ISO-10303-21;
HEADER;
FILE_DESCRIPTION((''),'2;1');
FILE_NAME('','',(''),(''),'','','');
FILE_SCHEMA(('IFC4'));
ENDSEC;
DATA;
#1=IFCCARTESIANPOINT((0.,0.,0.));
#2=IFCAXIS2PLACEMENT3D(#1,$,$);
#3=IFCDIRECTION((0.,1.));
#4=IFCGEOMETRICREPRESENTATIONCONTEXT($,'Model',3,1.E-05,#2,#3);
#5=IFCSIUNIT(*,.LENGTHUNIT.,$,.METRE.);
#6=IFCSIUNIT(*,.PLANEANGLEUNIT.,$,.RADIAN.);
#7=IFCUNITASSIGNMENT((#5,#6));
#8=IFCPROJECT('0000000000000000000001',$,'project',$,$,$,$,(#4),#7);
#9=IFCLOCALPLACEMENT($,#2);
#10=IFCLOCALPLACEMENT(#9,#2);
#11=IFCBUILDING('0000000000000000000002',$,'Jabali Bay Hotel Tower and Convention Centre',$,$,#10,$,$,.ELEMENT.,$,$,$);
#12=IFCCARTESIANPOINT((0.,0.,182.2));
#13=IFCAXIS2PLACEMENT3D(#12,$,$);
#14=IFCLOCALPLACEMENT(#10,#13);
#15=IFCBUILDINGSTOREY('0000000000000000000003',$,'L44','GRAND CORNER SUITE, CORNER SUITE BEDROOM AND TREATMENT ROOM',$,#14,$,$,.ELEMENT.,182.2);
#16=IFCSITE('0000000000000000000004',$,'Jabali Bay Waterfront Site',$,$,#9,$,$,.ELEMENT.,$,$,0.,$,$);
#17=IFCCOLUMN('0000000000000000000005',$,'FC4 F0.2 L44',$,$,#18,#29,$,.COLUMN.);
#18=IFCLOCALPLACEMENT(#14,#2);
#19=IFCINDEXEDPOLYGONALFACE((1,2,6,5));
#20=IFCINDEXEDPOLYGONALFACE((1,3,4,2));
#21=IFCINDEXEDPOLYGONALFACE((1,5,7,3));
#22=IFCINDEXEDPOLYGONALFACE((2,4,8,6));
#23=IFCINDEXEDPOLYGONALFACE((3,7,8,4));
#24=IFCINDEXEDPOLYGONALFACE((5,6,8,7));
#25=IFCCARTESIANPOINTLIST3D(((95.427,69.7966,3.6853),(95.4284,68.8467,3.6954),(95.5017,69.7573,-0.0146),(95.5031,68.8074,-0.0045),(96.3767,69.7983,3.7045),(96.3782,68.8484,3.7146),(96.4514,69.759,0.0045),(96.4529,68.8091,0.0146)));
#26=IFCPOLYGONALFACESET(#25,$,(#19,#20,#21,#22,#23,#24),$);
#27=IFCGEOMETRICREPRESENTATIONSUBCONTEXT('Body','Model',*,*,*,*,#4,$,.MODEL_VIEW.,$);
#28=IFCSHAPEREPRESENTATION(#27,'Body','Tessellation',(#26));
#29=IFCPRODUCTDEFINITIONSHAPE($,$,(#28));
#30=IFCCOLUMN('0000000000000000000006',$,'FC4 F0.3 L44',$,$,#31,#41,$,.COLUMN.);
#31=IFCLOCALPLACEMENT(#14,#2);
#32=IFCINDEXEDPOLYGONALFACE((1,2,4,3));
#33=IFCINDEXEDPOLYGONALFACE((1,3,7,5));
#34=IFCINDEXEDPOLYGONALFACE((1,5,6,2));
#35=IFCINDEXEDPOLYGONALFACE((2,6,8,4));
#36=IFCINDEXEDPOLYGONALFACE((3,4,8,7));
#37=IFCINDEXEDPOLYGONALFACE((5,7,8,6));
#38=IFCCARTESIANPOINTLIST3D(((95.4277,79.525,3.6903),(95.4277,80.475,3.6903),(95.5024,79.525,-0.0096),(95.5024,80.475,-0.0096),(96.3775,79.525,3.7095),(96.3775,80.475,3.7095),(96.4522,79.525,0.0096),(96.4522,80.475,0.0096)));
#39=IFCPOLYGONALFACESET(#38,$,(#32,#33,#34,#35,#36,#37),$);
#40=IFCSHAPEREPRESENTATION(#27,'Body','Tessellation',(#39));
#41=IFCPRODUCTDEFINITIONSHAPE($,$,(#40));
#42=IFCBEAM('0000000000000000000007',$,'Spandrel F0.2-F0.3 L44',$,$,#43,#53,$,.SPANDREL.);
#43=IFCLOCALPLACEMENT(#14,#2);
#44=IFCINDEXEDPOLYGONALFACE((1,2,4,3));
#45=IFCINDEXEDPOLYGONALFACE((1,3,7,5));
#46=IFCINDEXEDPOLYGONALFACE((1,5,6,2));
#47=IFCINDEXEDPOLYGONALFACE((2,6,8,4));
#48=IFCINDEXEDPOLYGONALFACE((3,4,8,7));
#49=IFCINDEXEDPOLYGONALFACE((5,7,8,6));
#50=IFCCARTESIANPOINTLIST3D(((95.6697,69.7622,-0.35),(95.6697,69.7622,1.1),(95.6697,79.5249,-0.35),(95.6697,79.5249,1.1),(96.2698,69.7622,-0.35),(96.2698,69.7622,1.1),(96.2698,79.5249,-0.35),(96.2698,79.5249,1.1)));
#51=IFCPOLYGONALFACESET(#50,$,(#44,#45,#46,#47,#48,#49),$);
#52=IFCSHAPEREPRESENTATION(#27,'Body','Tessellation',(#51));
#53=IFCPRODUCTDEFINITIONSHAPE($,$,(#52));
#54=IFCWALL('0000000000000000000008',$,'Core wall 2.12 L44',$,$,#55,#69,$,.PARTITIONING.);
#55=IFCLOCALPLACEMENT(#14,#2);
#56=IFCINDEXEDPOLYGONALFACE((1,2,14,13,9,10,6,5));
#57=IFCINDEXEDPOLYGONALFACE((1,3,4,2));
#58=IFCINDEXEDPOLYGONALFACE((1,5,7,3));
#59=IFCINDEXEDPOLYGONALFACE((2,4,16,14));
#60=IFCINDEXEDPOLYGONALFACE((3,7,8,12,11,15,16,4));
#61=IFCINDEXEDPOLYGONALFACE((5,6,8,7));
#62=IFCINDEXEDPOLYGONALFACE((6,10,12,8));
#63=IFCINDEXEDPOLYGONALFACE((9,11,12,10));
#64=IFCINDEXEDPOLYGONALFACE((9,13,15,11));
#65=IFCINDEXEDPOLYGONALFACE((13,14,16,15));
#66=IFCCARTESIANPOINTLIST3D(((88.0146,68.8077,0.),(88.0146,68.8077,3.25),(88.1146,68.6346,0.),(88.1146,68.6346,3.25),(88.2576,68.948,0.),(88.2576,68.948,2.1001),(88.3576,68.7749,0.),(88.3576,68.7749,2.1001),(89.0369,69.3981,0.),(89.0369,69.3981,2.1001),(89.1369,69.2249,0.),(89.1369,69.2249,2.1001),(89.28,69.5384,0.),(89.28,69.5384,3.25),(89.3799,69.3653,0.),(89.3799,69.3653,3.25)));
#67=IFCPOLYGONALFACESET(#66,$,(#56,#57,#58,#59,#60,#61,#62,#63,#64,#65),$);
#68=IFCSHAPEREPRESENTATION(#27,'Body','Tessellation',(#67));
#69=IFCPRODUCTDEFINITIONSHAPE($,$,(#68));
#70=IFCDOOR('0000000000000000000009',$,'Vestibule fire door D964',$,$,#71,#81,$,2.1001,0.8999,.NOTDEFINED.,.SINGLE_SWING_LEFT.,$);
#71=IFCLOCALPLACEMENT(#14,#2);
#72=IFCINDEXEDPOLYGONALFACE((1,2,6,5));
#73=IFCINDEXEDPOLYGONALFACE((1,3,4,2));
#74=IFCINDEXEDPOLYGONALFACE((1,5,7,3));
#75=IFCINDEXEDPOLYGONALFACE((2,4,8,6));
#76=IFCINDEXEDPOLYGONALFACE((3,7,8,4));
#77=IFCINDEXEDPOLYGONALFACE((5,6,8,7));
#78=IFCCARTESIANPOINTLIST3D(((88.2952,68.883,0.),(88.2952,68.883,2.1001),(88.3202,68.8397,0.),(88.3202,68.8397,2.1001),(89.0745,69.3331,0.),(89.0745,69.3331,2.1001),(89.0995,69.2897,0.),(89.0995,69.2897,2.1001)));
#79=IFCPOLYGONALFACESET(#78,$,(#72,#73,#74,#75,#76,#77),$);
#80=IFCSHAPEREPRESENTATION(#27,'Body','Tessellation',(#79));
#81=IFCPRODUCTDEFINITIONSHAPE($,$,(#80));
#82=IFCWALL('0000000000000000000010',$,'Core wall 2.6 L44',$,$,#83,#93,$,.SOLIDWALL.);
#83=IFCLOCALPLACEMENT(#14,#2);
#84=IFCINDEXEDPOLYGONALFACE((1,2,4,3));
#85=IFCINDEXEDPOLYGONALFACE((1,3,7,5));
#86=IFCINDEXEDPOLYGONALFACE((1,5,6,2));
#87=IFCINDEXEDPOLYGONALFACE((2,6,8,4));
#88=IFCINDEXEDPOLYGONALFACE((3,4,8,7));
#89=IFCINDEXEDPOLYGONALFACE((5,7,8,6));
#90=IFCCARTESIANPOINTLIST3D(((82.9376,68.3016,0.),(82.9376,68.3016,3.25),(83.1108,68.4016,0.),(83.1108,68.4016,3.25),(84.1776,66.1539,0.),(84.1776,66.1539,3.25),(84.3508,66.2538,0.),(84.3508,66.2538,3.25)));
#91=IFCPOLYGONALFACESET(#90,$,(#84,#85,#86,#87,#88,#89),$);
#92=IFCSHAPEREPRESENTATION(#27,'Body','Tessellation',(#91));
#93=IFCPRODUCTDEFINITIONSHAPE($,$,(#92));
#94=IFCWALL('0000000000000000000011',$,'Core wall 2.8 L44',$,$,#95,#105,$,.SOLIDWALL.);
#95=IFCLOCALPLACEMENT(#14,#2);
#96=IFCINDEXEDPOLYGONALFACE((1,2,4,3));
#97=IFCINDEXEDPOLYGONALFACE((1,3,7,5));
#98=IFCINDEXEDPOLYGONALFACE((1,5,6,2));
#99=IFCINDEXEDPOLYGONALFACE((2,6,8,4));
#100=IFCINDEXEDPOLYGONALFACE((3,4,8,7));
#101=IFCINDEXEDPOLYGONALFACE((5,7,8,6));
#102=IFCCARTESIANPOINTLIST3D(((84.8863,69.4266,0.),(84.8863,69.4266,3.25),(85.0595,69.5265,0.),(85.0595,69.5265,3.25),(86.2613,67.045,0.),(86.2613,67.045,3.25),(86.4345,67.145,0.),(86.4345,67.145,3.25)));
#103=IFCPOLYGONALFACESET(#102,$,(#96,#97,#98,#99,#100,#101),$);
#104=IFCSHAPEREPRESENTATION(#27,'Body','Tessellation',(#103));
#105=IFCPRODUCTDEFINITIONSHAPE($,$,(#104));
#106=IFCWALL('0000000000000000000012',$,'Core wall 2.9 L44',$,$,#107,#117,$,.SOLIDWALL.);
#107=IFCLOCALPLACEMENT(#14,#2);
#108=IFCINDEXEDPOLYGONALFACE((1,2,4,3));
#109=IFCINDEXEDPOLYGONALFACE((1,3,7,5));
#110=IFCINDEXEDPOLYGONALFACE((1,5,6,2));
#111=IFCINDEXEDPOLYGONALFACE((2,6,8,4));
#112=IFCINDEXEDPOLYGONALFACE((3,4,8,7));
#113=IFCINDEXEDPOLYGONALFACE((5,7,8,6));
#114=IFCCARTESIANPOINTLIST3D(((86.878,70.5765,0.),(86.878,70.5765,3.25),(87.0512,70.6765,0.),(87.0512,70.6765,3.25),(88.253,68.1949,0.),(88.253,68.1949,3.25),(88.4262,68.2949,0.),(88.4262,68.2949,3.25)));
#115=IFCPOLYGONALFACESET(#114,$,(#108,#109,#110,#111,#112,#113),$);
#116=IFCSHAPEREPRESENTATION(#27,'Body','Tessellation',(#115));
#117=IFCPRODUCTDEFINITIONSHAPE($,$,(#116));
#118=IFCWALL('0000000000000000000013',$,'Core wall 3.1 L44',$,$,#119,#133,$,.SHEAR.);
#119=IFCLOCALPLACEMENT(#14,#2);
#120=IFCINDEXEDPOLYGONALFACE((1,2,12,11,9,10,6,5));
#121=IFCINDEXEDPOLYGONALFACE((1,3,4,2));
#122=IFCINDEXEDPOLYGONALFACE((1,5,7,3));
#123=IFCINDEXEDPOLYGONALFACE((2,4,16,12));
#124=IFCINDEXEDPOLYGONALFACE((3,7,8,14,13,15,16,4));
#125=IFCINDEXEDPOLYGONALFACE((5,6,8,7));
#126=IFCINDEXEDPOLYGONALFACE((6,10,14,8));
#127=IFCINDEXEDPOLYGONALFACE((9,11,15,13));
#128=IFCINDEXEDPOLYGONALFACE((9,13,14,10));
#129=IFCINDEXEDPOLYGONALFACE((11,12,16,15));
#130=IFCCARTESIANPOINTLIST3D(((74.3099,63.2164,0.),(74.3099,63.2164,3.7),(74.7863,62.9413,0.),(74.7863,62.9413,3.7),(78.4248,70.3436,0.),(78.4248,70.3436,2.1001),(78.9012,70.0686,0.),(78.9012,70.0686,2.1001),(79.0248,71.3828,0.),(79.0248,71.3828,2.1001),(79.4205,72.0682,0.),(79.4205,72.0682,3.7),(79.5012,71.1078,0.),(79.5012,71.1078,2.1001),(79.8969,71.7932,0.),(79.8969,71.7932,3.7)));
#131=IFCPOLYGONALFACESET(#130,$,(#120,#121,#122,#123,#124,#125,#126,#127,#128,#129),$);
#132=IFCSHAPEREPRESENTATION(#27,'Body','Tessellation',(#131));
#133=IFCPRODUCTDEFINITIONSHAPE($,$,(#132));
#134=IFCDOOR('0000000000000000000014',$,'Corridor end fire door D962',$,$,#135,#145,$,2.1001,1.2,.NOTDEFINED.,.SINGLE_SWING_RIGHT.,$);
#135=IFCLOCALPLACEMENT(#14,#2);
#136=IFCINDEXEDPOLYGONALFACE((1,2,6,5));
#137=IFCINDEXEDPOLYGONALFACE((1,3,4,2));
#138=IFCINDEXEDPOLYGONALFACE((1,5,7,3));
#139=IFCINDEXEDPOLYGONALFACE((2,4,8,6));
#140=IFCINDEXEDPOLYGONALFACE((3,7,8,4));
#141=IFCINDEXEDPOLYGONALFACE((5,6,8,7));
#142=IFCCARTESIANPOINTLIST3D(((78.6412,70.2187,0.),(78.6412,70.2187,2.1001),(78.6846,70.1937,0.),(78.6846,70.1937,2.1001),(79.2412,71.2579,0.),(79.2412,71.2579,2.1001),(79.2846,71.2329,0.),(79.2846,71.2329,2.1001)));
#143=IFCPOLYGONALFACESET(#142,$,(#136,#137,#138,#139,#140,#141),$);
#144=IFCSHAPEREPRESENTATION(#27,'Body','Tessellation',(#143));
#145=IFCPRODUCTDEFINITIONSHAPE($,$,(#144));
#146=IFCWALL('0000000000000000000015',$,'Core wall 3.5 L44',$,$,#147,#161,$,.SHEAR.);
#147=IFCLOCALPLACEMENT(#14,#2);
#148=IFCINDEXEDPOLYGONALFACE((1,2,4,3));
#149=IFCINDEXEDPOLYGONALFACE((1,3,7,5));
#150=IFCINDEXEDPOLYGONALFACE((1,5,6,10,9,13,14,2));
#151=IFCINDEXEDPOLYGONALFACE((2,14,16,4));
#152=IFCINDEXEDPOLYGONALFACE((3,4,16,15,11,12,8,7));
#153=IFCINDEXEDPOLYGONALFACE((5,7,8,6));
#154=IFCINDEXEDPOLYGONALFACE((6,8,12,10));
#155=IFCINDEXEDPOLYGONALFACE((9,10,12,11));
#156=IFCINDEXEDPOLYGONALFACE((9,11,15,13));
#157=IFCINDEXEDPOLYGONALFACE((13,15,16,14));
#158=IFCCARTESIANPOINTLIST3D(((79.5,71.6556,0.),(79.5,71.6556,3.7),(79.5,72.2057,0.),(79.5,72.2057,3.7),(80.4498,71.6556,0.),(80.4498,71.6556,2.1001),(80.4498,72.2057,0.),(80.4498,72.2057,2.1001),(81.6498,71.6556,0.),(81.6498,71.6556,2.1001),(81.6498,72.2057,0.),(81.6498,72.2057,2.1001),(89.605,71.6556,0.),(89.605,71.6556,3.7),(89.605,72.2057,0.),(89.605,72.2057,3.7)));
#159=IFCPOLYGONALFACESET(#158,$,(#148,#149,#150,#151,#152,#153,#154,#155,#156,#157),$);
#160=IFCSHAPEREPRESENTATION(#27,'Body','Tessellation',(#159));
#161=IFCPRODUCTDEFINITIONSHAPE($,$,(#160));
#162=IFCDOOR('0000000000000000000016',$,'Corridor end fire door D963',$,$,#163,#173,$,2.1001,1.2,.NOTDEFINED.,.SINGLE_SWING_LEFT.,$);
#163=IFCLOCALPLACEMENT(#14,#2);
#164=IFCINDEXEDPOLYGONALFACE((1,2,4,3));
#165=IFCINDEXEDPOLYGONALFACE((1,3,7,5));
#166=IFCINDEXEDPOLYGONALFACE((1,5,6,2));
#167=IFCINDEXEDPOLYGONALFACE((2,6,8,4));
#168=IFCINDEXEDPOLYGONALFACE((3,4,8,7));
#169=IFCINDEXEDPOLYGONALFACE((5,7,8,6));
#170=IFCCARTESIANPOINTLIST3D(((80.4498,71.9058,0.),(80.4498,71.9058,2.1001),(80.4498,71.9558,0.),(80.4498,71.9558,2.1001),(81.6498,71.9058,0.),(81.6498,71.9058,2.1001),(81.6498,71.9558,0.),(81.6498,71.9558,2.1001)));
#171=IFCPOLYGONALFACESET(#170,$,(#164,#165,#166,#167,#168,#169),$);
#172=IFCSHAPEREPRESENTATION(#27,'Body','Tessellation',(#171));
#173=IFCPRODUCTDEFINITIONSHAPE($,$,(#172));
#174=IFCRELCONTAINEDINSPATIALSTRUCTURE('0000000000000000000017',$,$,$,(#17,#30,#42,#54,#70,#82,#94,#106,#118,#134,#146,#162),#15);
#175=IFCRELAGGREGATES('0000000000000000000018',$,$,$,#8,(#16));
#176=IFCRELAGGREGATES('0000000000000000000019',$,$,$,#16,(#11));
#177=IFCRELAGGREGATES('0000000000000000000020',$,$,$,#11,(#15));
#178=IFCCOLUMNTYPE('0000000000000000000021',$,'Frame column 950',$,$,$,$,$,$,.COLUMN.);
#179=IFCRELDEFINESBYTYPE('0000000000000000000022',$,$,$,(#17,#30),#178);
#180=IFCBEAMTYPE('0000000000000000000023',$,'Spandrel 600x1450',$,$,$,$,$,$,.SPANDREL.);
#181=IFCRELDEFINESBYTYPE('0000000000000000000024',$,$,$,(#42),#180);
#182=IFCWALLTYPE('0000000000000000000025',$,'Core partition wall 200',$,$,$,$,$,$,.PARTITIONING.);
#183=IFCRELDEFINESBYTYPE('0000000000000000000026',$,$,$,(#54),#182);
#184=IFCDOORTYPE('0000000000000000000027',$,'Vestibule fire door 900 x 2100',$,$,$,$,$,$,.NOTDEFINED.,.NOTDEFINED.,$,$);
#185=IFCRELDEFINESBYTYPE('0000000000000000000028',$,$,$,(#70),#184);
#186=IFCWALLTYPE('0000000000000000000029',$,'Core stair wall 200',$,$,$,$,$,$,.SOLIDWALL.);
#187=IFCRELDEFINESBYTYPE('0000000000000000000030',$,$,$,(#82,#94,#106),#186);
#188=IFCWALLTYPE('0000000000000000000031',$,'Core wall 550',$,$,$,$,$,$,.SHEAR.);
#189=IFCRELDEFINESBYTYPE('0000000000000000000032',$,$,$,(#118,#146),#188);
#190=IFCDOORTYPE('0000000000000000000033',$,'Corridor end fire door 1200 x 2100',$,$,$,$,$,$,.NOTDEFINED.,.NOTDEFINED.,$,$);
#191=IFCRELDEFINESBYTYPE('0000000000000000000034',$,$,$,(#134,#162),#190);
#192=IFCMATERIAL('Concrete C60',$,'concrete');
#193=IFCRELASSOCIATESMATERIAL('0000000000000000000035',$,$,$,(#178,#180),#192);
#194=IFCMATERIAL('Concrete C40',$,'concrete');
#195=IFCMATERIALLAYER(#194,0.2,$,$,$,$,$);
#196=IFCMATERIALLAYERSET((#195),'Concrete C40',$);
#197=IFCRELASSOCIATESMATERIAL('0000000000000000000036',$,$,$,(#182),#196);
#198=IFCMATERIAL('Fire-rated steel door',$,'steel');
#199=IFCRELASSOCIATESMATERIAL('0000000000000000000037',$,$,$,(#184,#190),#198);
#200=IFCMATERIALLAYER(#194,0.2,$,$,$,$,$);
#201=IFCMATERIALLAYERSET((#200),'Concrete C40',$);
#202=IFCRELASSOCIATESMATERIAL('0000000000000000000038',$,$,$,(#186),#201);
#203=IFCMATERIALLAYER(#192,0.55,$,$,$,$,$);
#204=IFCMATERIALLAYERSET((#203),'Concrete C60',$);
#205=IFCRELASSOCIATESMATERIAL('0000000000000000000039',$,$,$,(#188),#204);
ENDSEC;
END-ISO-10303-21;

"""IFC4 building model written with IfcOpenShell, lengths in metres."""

from ifc_helpers import new_model, si_unit, direction, frame, frame_2d, origin, origin_2d, place, context, subcontext, project, spatial, rectangle, extrude, material, layer, layer_set, material_profile, profile_set, type_object, element, fill, save


model = new_model("IFC4")

# Units and contexts
model_context = context("Model", 3, precision=1e-05, world=origin(), true_north=direction((0.0, 1.0)))
body_context = subcontext(model_context, "Body", "Model", "MODEL_VIEW")
ifc_project = project(units=[si_unit("LENGTHUNIT", "METRE"), si_unit("PLANEANGLEUNIT", "RADIAN")], contexts=[model_context])

# Site, building, storey
site_placement = place(None, origin())
site = spatial("IfcSite", under=ifc_project, at=site_placement, Name="Jabali Bay Waterfront Site", CompositionType="ELEMENT", RefElevation=0.0)
building_placement = place(site_placement, origin())
building = spatial("IfcBuilding", under=site, at=building_placement, Name="Jabali Bay Hotel Tower and Convention Centre", CompositionType="ELEMENT")
storey_placement = place(building_placement, frame((0.0, 0.0, 182.2)))
storey = spatial("IfcBuildingStorey", under=building, at=storey_placement, Name="L44", Description="GRAND CORNER SUITE, CORNER SUITE BEDROOM AND TREATMENT ROOM", CompositionType="ELEMENT", Elevation=182.2)

# Columns
ifc_material_1 = material(Name="Concrete C60", Category="concrete")
ifc_material_profile_1 = material_profile(ifc_material_1, rectangle(XDim=0.95, YDim=0.95, at=origin_2d()), Name="Frame column 950")
ifc_profile_set_1 = profile_set([ifc_material_profile_1], Name="Concrete C60")
column_type = type_object("IfcColumnType", Name="Frame column 950", PredefinedType="COLUMN", material=ifc_profile_set_1)
column_1_placement = place(storey_placement, frame((95.9773, 69.2832, 0.0), z_axis=(-0.020186, 0.010621, 0.99974), x_axis=(0.001543, -0.999942, 0.010654)))
element("IfcColumn", 1, at=column_1_placement, inside=storey, type_object=column_type, Name="FC4 F0.2 L44", PredefinedType="COLUMN", context=body_context, shape_type="SweptSolid", body=[
    extrude(rectangle(XDim=0.95, YDim=0.95, at=origin_2d()), origin(), (0.0, 0.0, 1.0), 3.7009),
])
column_2_placement = place(storey_placement, frame((95.9773, 80.0, 0.0), z_axis=(-0.020187, 0.0, 0.999796), x_axis=(0.0, -1.0, 0.0)))
element("IfcColumn", 2, at=column_2_placement, inside=storey, type_object=column_type, Name="FC4 F0.3 L44", PredefinedType="COLUMN", context=body_context, shape_type="SweptSolid", body=[
    extrude(rectangle(XDim=0.95, YDim=0.95, at=origin_2d()), origin(), (0.0, 0.0, 1.0), 3.7007),
])

# Beam
ifc_material_profile_2 = material_profile(ifc_material_1, rectangle(XDim=0.6001, YDim=1.45, at=origin_2d()), Name="Spandrel 600x1450")
ifc_profile_set_2 = profile_set([ifc_material_profile_2], Name="Concrete C60")
beam_type = type_object("IfcBeamType", Name="Spandrel 600x1450", PredefinedType="SPANDREL", material=ifc_profile_set_2)
beam_placement = place(storey_placement, frame((95.9697, 69.7622, 0.375), z_axis=(0.0, 1.0, 0.0), x_axis=(-1.0, 0.0, 0.0)))
element("IfcBeam", 3, at=beam_placement, inside=storey, type_object=beam_type, Name="Spandrel F0.2-F0.3 L44", PredefinedType="SPANDREL", context=body_context, shape_type="SweptSolid", body=[
    extrude(rectangle(XDim=0.6001, YDim=1.45, at=origin_2d()), origin(), (0.0, 0.0, 1.0), 9.7627),
])

# Wall, opening, door
ifc_material_2 = material(Name="Concrete C40", Category="concrete")
ifc_layer_1 = layer(ifc_material_2, 0.2)
ifc_layer_set_1 = layer_set([ifc_layer_1], Name="Concrete C40")
wall_type_1 = type_object("IfcWallType", Name="Core partition wall 200", PredefinedType="PARTITIONING", material=ifc_layer_set_1)
wall_1_placement = place(storey_placement, frame((88.0647, 68.7212, 0.0), z_axis=(0.0, 0.0, 1.0), x_axis=(0.865982, 0.500074, 0.0)))
wall_1 = element("IfcWall", 4, at=wall_1_placement, inside=storey, type_object=wall_type_1, Name="Core wall 2.12 L44", PredefinedType="PARTITIONING", context=body_context, shape_type="SweptSolid", body=[
    extrude(rectangle(XDim=1.4612, YDim=0.2, at=frame_2d((0.7305, 0.0))), origin(), (0.0, 0.0, 1.0), 3.25),
])
opening_1_placement = place(wall_1_placement, frame((0.2805, 0.0, 0.0)))
opening_1 = element("IfcOpeningElement", 5, at=opening_1_placement, cuts=wall_1, PredefinedType="OPENING", context=body_context, shape_type="SweptSolid", body=[
    extrude(rectangle(XDim=0.8999, YDim=2.1001, at=frame_2d((0.45, 1.05))), frame((0.0, 0.1104, 0.0), z_axis=(0.0, -1.0, 0.0), x_axis=(1.0, 0.0, 0.0)), (0.0, 0.0, 1.0), 0.2209),
])
ifc_material_3 = material(Name="Fire-rated steel door", Category="steel")
door_type_1 = type_object("IfcDoorType", Name="Vestibule fire door 900 x 2100", OperationType="NOTDEFINED", PredefinedType="NOTDEFINED", material=ifc_material_3)
door_1_placement = place(opening_1_placement, origin())
door_1 = element("IfcDoor", 6, at=door_1_placement, inside=storey, type_object=door_type_1, Name="Vestibule fire door D964", OperationType="SINGLE_SWING_LEFT", OverallHeight=2.1001, OverallWidth=0.8999, PredefinedType="NOTDEFINED", context=body_context, shape_type="SweptSolid", body=[
    extrude(rectangle(XDim=0.8999, YDim=2.1001, at=frame_2d((0.45, 1.05))), frame((0.0, 0.0249, 0.0), z_axis=(0.0, -1.0, 0.0), x_axis=(1.0, 0.0, 0.0)), (0.0, 0.0, 1.0), 0.05),
])
fill(opening_1, door_1)

# Walls
ifc_layer_2 = layer(ifc_material_2, 0.2)
ifc_layer_set_2 = layer_set([ifc_layer_2], Name="Concrete C40")
wall_type_2 = type_object("IfcWallType", Name="Core stair wall 200", PredefinedType="SOLIDWALL", material=ifc_layer_set_2)
wall_2_placement = place(storey_placement, frame((83.0242, 68.3516, 0.0), z_axis=(0.0, 0.0, 1.0), x_axis=(0.500004, -0.866023, 0.0)))
element("IfcWall", 7, at=wall_2_placement, inside=storey, type_object=wall_type_2, Name="Core wall 2.6 L44", PredefinedType="SOLIDWALL", context=body_context, shape_type="SweptSolid", body=[
    extrude(rectangle(XDim=2.48, YDim=0.2, at=frame_2d((1.24, 0.0))), origin(), (0.0, 0.0, 1.0), 3.25),
])
for number, where, z_axis, x_axis, name in (
    (8, (84.9729, 69.4766, 0.0), (0.0, 0.0, 1.0), (0.499997, -0.866027, 0.0), "Core wall 2.8 L44"),
    (9, (86.9646, 70.6265, 0.0), (0.0, 0.0, 1.0), (0.499997, -0.866027, 0.0), "Core wall 2.9 L44"),
):
    element("IfcWall", number, at=place(storey_placement, frame(where, z_axis=z_axis, x_axis=x_axis)), inside=storey, type_object=wall_type_2, Name=name, PredefinedType="SOLIDWALL", context=body_context, shape_type="SweptSolid", body=[
        extrude(rectangle(XDim=2.75, YDim=0.2, at=frame_2d((1.375, 0.0))), origin(), (0.0, 0.0, 1.0), 3.25),
    ])

# Walls, openings, doors
ifc_layer_3 = layer(ifc_material_1, 0.55)
ifc_layer_set_3 = layer_set([ifc_layer_3], Name="Concrete C60")
wall_type_3 = type_object("IfcWallType", Name="Core wall 550", PredefinedType="SHEAR", material=ifc_layer_set_3)
wall_3_placement = place(storey_placement, frame((79.6587, 71.9307, 0.0), z_axis=(0.0, 0.0, 1.0), x_axis=(-0.5, -0.866025, 0.0)))
wall_3 = element("IfcWall", 10, at=wall_3_placement, inside=storey, type_object=wall_type_3, Name="Core wall 3.1 L44", PredefinedType="SHEAR", context=body_context, shape_type="SweptSolid", body=[
    extrude(rectangle(XDim=10.2212, YDim=0.55, at=frame_2d((5.1106, 0.0))), origin(), (0.0, 0.0, 1.0), 3.7),
])
opening_2_placement = place(wall_3_placement, frame((0.7913, 0.0, 0.0)))
opening_2 = element("IfcOpeningElement", 11, at=opening_2_placement, cuts=wall_3, PredefinedType="OPENING", context=body_context, shape_type="SweptSolid", body=[
    extrude(rectangle(XDim=1.2, YDim=2.1001, at=frame_2d((0.6001, 1.05))), frame((0.0, 0.2856, 0.0), z_axis=(0.0, -1.0, 0.0), x_axis=(1.0, 0.0, 0.0)), (0.0, 0.0, 1.0), 0.571),
])
door_type_2 = type_object("IfcDoorType", Name="Corridor end fire door 1200 x 2100", OperationType="NOTDEFINED", PredefinedType="NOTDEFINED", material=ifc_material_3)
door_2_placement = place(opening_2_placement, origin())
door_2 = element("IfcDoor", 12, at=door_2_placement, inside=storey, type_object=door_type_2, Name="Corridor end fire door D962", OperationType="SINGLE_SWING_RIGHT", OverallHeight=2.1001, OverallWidth=1.2, PredefinedType="NOTDEFINED", context=body_context, shape_type="SweptSolid", body=[
    extrude(rectangle(XDim=1.2, YDim=2.1001, at=frame_2d((0.6001, 1.05))), frame((0.0, 0.0249, 0.0), z_axis=(0.0, -1.0, 0.0), x_axis=(1.0, 0.0, 0.0)), (0.0, 0.0, 1.0), 0.05),
])
fill(opening_2, door_2)
wall_4_placement = place(storey_placement, frame((89.605, 71.9307, 0.0), z_axis=(0.0, 0.0, 1.0), x_axis=(-1.0, 0.0, 0.0)))
wall_4 = element("IfcWall", 13, at=wall_4_placement, inside=storey, type_object=wall_type_3, Name="Core wall 3.5 L44", PredefinedType="SHEAR", context=body_context, shape_type="SweptSolid", body=[
    extrude(rectangle(XDim=10.105, YDim=0.55, at=frame_2d((5.0525, 0.0))), origin(), (0.0, 0.0, 1.0), 3.7),
])
opening_3_placement = place(wall_4_placement, frame((7.9551, 0.0, 0.0)))
opening_3 = element("IfcOpeningElement", 14, at=opening_3_placement, cuts=wall_4, PredefinedType="OPENING", context=body_context, shape_type="SweptSolid", body=[
    extrude(rectangle(XDim=1.2, YDim=2.1001, at=frame_2d((0.6001, 1.05))), frame((0.0, 0.2856, 0.0), z_axis=(0.0, -1.0, 0.0), x_axis=(1.0, 0.0, 0.0)), (0.0, 0.0, 1.0), 0.571),
])
door_3_placement = place(opening_3_placement, origin())
door_3 = element("IfcDoor", 15, at=door_3_placement, inside=storey, type_object=door_type_2, Name="Corridor end fire door D963", OperationType="SINGLE_SWING_LEFT", OverallHeight=2.1001, OverallWidth=1.2, PredefinedType="NOTDEFINED", context=body_context, shape_type="SweptSolid", body=[
    extrude(rectangle(XDim=1.2, YDim=2.1001, at=frame_2d((0.6001, 1.05))), frame((0.0, 0.0249, 0.0), z_axis=(0.0, -1.0, 0.0), x_axis=(1.0, 0.0, 0.0)), (0.0, 0.0, 1.0), 0.05),
])
fill(opening_3, door_3)

save(model, "model.ifc")
